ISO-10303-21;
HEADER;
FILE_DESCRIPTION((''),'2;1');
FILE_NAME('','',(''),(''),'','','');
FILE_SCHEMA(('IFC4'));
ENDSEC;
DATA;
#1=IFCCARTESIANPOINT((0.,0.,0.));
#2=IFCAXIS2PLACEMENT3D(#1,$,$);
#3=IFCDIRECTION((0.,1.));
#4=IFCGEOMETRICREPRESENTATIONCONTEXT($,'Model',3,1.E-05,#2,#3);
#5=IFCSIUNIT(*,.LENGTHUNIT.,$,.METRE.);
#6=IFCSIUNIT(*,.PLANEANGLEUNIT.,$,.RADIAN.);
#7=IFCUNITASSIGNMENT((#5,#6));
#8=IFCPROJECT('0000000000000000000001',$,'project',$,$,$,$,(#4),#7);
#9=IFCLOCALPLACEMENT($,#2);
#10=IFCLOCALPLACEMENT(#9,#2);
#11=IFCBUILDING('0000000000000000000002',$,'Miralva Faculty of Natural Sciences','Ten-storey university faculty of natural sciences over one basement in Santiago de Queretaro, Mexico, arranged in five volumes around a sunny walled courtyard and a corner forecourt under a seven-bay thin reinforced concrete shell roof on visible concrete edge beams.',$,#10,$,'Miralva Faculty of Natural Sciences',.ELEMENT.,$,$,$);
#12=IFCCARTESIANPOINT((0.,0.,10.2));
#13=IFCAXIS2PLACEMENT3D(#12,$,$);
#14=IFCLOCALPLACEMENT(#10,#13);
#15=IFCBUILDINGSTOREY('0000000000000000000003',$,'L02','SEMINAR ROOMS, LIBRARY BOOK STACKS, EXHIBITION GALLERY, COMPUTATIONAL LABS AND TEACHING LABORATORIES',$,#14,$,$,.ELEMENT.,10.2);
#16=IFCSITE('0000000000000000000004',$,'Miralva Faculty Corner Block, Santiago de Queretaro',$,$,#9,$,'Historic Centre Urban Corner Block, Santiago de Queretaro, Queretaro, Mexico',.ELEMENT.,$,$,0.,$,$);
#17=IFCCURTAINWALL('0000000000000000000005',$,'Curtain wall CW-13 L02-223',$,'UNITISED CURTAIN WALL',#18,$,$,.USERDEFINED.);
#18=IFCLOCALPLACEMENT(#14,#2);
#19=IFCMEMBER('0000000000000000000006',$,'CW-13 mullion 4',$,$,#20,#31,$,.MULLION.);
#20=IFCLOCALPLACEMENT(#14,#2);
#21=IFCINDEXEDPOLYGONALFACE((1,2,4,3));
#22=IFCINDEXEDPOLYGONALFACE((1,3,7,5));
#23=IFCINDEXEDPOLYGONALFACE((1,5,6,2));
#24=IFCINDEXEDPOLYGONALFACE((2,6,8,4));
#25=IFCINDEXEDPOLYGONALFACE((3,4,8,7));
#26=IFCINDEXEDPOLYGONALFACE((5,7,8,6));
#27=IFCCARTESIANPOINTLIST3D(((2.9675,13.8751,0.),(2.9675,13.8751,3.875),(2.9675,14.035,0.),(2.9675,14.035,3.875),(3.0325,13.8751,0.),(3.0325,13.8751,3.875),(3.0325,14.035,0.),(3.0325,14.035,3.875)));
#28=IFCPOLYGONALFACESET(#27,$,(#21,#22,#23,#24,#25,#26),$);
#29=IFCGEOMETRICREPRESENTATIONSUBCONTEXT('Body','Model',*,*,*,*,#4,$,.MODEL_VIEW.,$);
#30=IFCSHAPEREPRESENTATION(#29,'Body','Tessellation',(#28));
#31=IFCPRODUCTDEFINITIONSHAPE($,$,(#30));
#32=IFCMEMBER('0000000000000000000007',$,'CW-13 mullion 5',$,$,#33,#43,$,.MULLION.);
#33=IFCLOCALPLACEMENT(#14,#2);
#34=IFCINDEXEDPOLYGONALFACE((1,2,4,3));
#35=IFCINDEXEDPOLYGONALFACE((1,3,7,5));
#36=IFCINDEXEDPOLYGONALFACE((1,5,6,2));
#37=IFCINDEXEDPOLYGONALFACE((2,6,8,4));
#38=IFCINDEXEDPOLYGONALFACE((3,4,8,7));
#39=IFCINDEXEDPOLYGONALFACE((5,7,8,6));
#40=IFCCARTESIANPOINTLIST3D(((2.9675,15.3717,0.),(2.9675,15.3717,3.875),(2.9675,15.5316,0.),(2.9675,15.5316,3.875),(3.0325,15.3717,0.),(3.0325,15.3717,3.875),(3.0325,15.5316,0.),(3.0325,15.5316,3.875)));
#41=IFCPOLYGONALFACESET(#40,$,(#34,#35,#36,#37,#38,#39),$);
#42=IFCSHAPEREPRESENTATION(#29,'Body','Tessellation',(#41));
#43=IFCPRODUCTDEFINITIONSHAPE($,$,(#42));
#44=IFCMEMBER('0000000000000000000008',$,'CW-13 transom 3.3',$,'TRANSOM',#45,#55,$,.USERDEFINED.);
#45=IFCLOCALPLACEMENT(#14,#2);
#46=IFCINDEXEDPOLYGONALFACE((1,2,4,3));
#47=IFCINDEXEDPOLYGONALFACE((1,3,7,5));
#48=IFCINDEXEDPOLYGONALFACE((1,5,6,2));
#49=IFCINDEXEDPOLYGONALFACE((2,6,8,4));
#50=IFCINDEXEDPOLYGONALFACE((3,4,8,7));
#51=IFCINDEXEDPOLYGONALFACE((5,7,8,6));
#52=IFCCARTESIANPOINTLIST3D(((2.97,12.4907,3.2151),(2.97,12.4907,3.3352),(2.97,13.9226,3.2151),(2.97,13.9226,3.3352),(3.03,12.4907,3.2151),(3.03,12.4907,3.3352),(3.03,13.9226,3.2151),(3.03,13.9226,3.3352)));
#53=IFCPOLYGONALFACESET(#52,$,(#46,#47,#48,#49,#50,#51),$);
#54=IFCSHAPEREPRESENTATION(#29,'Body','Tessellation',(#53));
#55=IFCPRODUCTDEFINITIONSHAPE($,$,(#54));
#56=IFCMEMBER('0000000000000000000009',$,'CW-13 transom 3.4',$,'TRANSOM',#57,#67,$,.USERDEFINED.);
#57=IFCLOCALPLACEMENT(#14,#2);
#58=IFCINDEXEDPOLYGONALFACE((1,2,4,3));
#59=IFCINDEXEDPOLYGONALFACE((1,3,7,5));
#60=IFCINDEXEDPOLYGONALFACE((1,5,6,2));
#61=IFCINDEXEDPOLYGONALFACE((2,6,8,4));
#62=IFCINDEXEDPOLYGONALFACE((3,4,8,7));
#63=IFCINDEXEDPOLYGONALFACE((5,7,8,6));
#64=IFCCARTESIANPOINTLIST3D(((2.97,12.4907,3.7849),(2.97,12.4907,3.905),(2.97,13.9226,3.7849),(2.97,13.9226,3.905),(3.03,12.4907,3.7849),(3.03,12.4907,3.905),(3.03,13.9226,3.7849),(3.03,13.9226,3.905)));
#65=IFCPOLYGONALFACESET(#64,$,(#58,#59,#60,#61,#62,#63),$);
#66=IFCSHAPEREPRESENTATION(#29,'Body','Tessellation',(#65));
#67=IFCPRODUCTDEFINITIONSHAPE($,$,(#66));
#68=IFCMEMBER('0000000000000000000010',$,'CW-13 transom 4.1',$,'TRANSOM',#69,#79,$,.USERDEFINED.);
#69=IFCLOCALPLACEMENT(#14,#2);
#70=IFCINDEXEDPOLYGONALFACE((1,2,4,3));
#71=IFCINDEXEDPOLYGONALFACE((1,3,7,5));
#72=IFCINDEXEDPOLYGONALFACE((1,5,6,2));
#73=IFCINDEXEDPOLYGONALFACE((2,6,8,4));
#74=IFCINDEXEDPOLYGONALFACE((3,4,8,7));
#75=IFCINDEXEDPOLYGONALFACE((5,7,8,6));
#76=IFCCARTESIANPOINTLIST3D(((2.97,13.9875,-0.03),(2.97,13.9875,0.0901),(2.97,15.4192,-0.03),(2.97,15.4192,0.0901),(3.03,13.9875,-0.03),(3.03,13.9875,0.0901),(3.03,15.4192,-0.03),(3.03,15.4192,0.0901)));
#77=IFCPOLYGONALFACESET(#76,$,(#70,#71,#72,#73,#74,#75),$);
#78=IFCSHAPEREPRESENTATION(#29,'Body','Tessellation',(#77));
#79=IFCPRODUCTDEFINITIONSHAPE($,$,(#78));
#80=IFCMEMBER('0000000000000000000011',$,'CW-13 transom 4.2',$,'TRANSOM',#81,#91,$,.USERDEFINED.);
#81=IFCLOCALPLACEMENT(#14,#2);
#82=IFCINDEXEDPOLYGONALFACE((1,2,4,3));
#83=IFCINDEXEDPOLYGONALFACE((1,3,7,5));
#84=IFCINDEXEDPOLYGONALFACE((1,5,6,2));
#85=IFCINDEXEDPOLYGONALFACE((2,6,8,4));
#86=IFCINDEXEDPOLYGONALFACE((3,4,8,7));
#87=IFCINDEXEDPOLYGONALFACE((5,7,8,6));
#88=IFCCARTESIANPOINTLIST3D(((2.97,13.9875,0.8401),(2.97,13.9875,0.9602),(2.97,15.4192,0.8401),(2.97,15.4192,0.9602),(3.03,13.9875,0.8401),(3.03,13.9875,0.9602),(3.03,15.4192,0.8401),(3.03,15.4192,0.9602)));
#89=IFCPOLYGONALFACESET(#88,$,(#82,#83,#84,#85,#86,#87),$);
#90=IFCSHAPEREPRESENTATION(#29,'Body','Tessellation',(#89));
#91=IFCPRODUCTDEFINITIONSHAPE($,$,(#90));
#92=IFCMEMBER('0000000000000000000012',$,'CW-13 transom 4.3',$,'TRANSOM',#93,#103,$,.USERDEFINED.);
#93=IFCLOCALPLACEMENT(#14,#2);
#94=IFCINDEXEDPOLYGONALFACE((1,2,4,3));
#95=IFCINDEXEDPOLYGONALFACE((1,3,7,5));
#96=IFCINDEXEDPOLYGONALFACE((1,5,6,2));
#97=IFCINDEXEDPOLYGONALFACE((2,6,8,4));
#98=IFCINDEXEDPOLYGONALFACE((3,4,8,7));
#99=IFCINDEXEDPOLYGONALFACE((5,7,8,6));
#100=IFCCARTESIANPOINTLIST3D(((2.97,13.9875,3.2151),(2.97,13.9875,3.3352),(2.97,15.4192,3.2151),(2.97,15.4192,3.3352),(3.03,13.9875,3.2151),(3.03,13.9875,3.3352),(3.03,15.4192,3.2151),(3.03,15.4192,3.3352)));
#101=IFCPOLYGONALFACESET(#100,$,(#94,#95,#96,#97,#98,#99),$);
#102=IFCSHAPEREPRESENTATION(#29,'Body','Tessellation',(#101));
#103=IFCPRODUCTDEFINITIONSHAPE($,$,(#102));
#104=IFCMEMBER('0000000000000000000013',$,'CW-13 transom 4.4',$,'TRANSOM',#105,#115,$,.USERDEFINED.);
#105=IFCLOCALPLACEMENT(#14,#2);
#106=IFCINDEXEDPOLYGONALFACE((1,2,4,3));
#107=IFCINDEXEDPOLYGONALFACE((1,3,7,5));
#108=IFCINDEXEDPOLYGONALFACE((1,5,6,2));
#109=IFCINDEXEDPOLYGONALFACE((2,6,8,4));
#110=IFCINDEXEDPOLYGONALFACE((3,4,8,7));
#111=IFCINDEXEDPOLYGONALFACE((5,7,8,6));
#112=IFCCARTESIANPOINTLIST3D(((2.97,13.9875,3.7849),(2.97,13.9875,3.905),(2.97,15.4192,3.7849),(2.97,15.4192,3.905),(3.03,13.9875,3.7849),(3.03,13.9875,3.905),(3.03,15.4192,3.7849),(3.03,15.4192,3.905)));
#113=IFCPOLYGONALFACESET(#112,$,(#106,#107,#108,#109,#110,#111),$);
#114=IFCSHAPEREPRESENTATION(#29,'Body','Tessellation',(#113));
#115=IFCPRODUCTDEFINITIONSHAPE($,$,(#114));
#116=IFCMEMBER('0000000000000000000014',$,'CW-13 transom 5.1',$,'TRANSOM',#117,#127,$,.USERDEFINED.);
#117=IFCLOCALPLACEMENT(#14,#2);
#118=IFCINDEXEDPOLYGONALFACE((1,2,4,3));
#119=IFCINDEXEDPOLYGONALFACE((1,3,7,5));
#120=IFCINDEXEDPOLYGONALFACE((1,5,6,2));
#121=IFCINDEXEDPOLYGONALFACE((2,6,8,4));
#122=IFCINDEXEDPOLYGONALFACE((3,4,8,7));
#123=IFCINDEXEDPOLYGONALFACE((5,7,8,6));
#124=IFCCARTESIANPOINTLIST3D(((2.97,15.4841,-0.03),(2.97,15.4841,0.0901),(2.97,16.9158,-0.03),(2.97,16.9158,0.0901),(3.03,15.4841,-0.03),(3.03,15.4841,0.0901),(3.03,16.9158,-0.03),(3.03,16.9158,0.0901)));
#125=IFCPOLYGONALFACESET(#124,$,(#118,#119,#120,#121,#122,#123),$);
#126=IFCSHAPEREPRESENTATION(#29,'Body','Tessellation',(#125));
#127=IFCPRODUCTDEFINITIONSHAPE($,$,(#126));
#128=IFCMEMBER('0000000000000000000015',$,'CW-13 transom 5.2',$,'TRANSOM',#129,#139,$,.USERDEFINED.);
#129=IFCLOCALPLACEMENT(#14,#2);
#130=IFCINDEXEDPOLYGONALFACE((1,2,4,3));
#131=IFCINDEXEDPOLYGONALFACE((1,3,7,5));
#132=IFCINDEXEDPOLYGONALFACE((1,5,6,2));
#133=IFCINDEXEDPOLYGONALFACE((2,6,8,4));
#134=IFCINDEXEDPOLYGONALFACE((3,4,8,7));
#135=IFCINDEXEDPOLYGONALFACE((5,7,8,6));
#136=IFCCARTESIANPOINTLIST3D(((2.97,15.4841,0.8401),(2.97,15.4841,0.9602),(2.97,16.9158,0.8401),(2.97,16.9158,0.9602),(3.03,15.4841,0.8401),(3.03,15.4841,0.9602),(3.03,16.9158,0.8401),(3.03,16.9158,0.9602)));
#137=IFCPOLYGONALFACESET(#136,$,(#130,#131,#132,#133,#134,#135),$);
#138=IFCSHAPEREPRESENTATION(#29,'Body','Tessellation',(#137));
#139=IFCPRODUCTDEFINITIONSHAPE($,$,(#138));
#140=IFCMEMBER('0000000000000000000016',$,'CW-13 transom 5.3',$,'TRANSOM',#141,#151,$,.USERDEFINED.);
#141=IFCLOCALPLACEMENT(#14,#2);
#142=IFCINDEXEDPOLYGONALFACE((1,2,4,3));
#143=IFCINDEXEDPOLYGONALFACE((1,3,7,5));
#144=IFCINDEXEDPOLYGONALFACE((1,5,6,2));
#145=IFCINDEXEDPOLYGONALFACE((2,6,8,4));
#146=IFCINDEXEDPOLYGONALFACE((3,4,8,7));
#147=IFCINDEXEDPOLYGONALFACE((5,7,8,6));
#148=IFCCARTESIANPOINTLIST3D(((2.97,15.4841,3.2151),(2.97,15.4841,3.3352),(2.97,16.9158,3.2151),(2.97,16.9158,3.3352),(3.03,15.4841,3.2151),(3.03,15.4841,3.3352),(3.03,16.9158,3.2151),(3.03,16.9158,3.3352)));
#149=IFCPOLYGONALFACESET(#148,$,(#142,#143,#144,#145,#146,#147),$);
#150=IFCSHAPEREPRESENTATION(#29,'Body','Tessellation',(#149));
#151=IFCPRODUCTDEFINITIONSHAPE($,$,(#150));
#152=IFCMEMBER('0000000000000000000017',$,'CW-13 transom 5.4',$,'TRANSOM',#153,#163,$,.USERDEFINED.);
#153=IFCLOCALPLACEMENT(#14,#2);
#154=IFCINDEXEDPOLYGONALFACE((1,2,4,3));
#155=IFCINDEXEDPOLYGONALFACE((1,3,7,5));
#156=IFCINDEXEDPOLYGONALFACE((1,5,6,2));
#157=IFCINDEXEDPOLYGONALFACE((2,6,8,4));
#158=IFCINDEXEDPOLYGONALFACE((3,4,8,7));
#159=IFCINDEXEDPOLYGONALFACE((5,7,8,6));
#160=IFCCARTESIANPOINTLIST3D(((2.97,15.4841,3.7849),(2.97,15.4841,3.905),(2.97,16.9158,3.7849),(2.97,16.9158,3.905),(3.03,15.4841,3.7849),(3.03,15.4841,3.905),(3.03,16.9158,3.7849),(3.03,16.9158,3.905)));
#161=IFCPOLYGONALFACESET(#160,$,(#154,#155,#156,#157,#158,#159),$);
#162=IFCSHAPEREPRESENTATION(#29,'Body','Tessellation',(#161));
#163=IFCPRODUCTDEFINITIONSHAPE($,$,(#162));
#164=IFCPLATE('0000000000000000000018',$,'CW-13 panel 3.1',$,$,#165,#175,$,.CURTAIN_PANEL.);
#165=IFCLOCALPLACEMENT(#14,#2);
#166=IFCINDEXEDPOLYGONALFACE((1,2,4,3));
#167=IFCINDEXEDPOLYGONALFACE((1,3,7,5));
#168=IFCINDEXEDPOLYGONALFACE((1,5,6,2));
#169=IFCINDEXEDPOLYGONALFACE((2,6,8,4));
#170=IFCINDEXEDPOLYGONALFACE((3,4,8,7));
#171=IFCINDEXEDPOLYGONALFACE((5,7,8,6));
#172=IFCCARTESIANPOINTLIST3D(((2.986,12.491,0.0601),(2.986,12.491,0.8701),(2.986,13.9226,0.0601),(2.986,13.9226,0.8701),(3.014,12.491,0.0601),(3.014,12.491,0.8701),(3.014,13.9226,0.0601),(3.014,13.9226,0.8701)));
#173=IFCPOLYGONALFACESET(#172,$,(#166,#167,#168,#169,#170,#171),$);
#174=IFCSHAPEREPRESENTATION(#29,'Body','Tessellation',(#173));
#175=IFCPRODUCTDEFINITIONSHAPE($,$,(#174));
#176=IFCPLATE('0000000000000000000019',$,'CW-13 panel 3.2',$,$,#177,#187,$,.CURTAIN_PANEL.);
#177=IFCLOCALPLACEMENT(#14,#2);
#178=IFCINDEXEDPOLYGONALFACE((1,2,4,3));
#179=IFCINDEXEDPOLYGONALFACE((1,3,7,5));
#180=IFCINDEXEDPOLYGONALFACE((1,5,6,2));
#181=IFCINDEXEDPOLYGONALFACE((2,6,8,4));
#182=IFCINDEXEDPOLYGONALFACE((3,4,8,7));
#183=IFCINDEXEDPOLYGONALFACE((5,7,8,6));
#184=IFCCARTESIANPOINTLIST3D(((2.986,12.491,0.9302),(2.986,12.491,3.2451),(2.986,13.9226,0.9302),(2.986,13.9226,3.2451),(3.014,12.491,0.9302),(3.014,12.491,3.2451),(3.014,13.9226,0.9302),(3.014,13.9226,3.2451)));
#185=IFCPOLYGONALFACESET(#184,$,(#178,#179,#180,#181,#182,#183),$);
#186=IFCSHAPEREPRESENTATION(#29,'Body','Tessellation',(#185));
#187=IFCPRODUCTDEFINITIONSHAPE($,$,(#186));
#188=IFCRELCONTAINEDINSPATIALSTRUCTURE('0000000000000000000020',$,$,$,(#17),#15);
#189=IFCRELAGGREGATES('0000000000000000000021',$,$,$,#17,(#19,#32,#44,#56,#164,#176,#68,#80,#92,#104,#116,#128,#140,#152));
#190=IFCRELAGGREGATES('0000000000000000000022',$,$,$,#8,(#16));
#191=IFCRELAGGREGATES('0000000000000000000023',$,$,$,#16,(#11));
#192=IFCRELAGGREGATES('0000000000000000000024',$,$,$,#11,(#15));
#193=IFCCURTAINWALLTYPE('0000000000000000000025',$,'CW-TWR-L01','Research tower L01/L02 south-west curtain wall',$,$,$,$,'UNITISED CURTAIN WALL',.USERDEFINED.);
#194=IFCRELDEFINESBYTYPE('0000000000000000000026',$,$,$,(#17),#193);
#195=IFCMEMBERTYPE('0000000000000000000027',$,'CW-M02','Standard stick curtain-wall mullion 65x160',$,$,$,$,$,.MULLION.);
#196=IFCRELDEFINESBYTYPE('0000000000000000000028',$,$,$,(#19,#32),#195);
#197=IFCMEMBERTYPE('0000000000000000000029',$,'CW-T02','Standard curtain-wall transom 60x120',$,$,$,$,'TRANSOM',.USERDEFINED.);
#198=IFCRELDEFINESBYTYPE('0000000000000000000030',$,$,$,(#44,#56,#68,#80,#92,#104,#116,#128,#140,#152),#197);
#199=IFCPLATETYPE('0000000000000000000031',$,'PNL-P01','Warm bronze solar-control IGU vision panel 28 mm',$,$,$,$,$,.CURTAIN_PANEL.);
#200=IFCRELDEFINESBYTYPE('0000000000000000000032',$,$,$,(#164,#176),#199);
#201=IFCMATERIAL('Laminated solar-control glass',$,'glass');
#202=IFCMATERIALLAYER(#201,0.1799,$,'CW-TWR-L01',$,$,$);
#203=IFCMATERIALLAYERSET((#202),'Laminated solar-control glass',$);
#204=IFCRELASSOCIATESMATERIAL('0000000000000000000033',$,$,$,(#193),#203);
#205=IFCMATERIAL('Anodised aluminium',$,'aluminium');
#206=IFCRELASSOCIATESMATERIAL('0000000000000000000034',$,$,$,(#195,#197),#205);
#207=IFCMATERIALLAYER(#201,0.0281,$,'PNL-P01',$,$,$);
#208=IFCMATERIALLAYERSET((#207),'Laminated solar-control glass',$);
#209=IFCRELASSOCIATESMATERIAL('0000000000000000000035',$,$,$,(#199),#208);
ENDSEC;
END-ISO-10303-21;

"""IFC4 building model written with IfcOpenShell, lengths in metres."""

from ifc_helpers import new_model, si_unit, direction, frame, origin, origin_2d, place, context, subcontext, project, spatial, rectangle, extrude, material, layer, layer_set, material_profile, profile_set, type_object, element, aggregate, save


model = new_model("IFC4")

# Units and contexts
model_context = context("Model", 3, precision=1e-05, world=origin(), true_north=direction((0.0, 1.0)))
body_context = subcontext(model_context, "Body", "Model", "MODEL_VIEW")
ifc_project = project(units=[si_unit("LENGTHUNIT", "METRE"), si_unit("PLANEANGLEUNIT", "RADIAN")], contexts=[model_context])

# Site, building, storey
site_placement = place(None, origin())
site = spatial("IfcSite", under=ifc_project, at=site_placement, Name="Miralva Faculty Corner Block, Santiago de Queretaro", LongName="Historic Centre Urban Corner Block, Santiago de Queretaro, Queretaro, Mexico", CompositionType="ELEMENT", RefElevation=0.0)
building_placement = place(site_placement, origin())
building = spatial("IfcBuilding", under=site, at=building_placement, Name="Miralva Faculty of Natural Sciences", Description="Ten-storey university faculty of natural sciences over one basement in Santiago de Queretaro, Mexico, arranged in five volumes around a sunny walled courtyard and a corner forecourt under a seven-bay thin reinforced concrete shell roof on visible concrete edge beams.", LongName="Miralva Faculty of Natural Sciences", CompositionType="ELEMENT")
storey_placement = place(building_placement, frame((0.0, 0.0, 10.2)))
storey = spatial("IfcBuildingStorey", under=building, at=storey_placement, Name="L02", Description="SEMINAR ROOMS, LIBRARY BOOK STACKS, EXHIBITION GALLERY, COMPUTATIONAL LABS AND TEACHING LABORATORIES", CompositionType="ELEMENT", Elevation=10.2)

# Curtain wall, members, plates
ifc_material_1 = material(Name="Laminated solar-control glass", Category="glass")
ifc_layer_1 = layer(ifc_material_1, 0.1799, Name="CW-TWR-L01")
ifc_layer_set_1 = layer_set([ifc_layer_1], Name="Laminated solar-control glass")
curtain_wall_type = type_object("IfcCurtainWallType", Name="CW-TWR-L01", Description="Research tower L01/L02 south-west curtain wall", ElementType="UNITISED CURTAIN WALL", PredefinedType="USERDEFINED", material=ifc_layer_set_1)
curtain_wall_placement = place(storey_placement, origin())
curtain_wall = element("IfcCurtainWall", 1, at=curtain_wall_placement, inside=storey, type_object=curtain_wall_type, Name="Curtain wall CW-13 L02-223", ObjectType="UNITISED CURTAIN WALL", PredefinedType="USERDEFINED")
ifc_material_2 = material(Name="Anodised aluminium", Category="aluminium")
ifc_material_profile_1 = material_profile(ifc_material_2, rectangle(XDim=0.0649, YDim=0.1599, at=origin_2d()), Name="MULLION 65x160")
ifc_profile_set_1 = profile_set([ifc_material_profile_1], Name="Anodised aluminium")
member_type_1 = type_object("IfcMemberType", Name="CW-M02", Description="Standard stick curtain-wall mullion 65x160", PredefinedType="MULLION", material=ifc_profile_set_1)
member_1_placement = place(storey_placement, frame((3.0, 13.9551, 0.0), z_axis=(0.0, 0.0, 1.0), x_axis=(-1.0, 0.0, 0.0)))
member_1 = element("IfcMember", 2, at=member_1_placement, type_object=member_type_1, Name="CW-13 mullion 4", PredefinedType="MULLION", context=body_context, shape_type="SweptSolid", body=[
    extrude(rectangle(XDim=0.0649, YDim=0.1599, at=origin_2d()), origin(), (0.0, 0.0, 1.0), 3.875),
])
member_2_placement = place(storey_placement, frame((3.0, 15.4517, 0.0), z_axis=(0.0, 0.0, 1.0), x_axis=(-1.0, 0.0, 0.0)))
member_2 = element("IfcMember", 3, at=member_2_placement, type_object=member_type_1, Name="CW-13 mullion 5", PredefinedType="MULLION", context=body_context, shape_type="SweptSolid", body=[
    extrude(rectangle(XDim=0.0649, YDim=0.1599, at=origin_2d()), origin(), (0.0, 0.0, 1.0), 3.875),
])
ifc_material_profile_2 = material_profile(ifc_material_2, rectangle(XDim=0.0601, YDim=0.1201, at=origin_2d()), Name="TRANSOM 60x120")
ifc_profile_set_2 = profile_set([ifc_material_profile_2], Name="Anodised aluminium")
member_type_2 = type_object("IfcMemberType", Name="CW-T02", Description="Standard curtain-wall transom 60x120", ElementType="TRANSOM", PredefinedType="USERDEFINED", material=ifc_profile_set_2)
member_3_placement = place(storey_placement, frame((3.0, 12.4907, 3.2751), z_axis=(0.0, 1.0, 0.0), x_axis=(-1.0, 0.0, 0.0)))
member_3 = element("IfcMember", 4, at=member_3_placement, type_object=member_type_2, Name="CW-13 transom 3.3", ObjectType="TRANSOM", PredefinedType="USERDEFINED", context=body_context, shape_type="SweptSolid", body=[
    extrude(rectangle(XDim=0.0601, YDim=0.1201, at=origin_2d()), origin(), (0.0, 0.0, 1.0), 1.4319),
])
member_4_placement = place(storey_placement, frame((3.0, 12.4907, 3.845), z_axis=(0.0, 1.0, 0.0), x_axis=(-1.0, 0.0, 0.0)))
member_4 = element("IfcMember", 5, at=member_4_placement, type_object=member_type_2, Name="CW-13 transom 3.4", ObjectType="TRANSOM", PredefinedType="USERDEFINED", context=body_context, shape_type="SweptSolid", body=[
    extrude(rectangle(XDim=0.0601, YDim=0.1201, at=origin_2d()), origin(), (0.0, 0.0, 1.0), 1.4319),
])
member_5_placement = place(storey_placement, frame((3.0, 13.9875, 0.03), z_axis=(0.0, 1.0, 0.0), x_axis=(-1.0, 0.0, 0.0)))
member_5 = element("IfcMember", 6, at=member_5_placement, type_object=member_type_2, Name="CW-13 transom 4.1", ObjectType="TRANSOM", PredefinedType="USERDEFINED", context=body_context, shape_type="SweptSolid", body=[
    extrude(rectangle(XDim=0.0601, YDim=0.1201, at=origin_2d()), origin(), (0.0, 0.0, 1.0), 1.4316),
])
member_6_placement = place(storey_placement, frame((3.0, 13.9875, 0.9001), z_axis=(0.0, 1.0, 0.0), x_axis=(-1.0, 0.0, 0.0)))
member_6 = element("IfcMember", 7, at=member_6_placement, type_object=member_type_2, Name="CW-13 transom 4.2", ObjectType="TRANSOM", PredefinedType="USERDEFINED", context=body_context, shape_type="SweptSolid", body=[
    extrude(rectangle(XDim=0.0601, YDim=0.1201, at=origin_2d()), origin(), (0.0, 0.0, 1.0), 1.4316),
])
member_7_placement = place(storey_placement, frame((3.0, 13.9875, 3.2751), z_axis=(0.0, 1.0, 0.0), x_axis=(-1.0, 0.0, 0.0)))
member_7 = element("IfcMember", 8, at=member_7_placement, type_object=member_type_2, Name="CW-13 transom 4.3", ObjectType="TRANSOM", PredefinedType="USERDEFINED", context=body_context, shape_type="SweptSolid", body=[
    extrude(rectangle(XDim=0.0601, YDim=0.1201, at=origin_2d()), origin(), (0.0, 0.0, 1.0), 1.4316),
])
member_8_placement = place(storey_placement, frame((3.0, 13.9875, 3.845), z_axis=(0.0, 1.0, 0.0), x_axis=(-1.0, 0.0, 0.0)))
member_8 = element("IfcMember", 9, at=member_8_placement, type_object=member_type_2, Name="CW-13 transom 4.4", ObjectType="TRANSOM", PredefinedType="USERDEFINED", context=body_context, shape_type="SweptSolid", body=[
    extrude(rectangle(XDim=0.0601, YDim=0.1201, at=origin_2d()), origin(), (0.0, 0.0, 1.0), 1.4316),
])
member_9_placement = place(storey_placement, frame((3.0, 15.4841, 0.03), z_axis=(0.0, 1.0, 0.0), x_axis=(-1.0, 0.0, 0.0)))
member_9 = element("IfcMember", 10, at=member_9_placement, type_object=member_type_2, Name="CW-13 transom 5.1", ObjectType="TRANSOM", PredefinedType="USERDEFINED", context=body_context, shape_type="SweptSolid", body=[
    extrude(rectangle(XDim=0.0601, YDim=0.1201, at=origin_2d()), origin(), (0.0, 0.0, 1.0), 1.4316),
])
member_10_placement = place(storey_placement, frame((3.0, 15.4841, 0.9001), z_axis=(0.0, 1.0, 0.0), x_axis=(-1.0, 0.0, 0.0)))
member_10 = element("IfcMember", 11, at=member_10_placement, type_object=member_type_2, Name="CW-13 transom 5.2", ObjectType="TRANSOM", PredefinedType="USERDEFINED", context=body_context, shape_type="SweptSolid", body=[
    extrude(rectangle(XDim=0.0601, YDim=0.1201, at=origin_2d()), origin(), (0.0, 0.0, 1.0), 1.4316),
])
member_11_placement = place(storey_placement, frame((3.0, 15.4841, 3.2751), z_axis=(0.0, 1.0, 0.0), x_axis=(-1.0, 0.0, 0.0)))
member_11 = element("IfcMember", 12, at=member_11_placement, type_object=member_type_2, Name="CW-13 transom 5.3", ObjectType="TRANSOM", PredefinedType="USERDEFINED", context=body_context, shape_type="SweptSolid", body=[
    extrude(rectangle(XDim=0.0601, YDim=0.1201, at=origin_2d()), origin(), (0.0, 0.0, 1.0), 1.4316),
])
member_12_placement = place(storey_placement, frame((3.0, 15.4841, 3.845), z_axis=(0.0, 1.0, 0.0), x_axis=(-1.0, 0.0, 0.0)))
member_12 = element("IfcMember", 13, at=member_12_placement, type_object=member_type_2, Name="CW-13 transom 5.4", ObjectType="TRANSOM", PredefinedType="USERDEFINED", context=body_context, shape_type="SweptSolid", body=[
    extrude(rectangle(XDim=0.0601, YDim=0.1201, at=origin_2d()), origin(), (0.0, 0.0, 1.0), 1.4316),
])
ifc_layer_2 = layer(ifc_material_1, 0.0281, Name="PNL-P01")
ifc_layer_set_2 = layer_set([ifc_layer_2], Name="Laminated solar-control glass")
plate_type = type_object("IfcPlateType", Name="PNL-P01", Description="Warm bronze solar-control IGU vision panel 28 mm", PredefinedType="CURTAIN_PANEL", material=ifc_layer_set_2)
plate_1_placement = place(storey_placement, frame((3.0, 13.2068, 0.0601), z_axis=(0.0, 0.0, 1.0), x_axis=(0.0, 1.0, 0.0)))
plate_1 = element("IfcPlate", 14, at=plate_1_placement, type_object=plate_type, Name="CW-13 panel 3.1", PredefinedType="CURTAIN_PANEL", context=body_context, shape_type="SweptSolid", body=[
    extrude(rectangle(XDim=1.4316, YDim=0.0281, at=origin_2d()), origin(), (0.0, 0.0, 1.0), 0.8101),
])
plate_2_placement = place(storey_placement, frame((3.0, 13.2068, 0.9302), z_axis=(0.0, 0.0, 1.0), x_axis=(0.0, 1.0, 0.0)))
plate_2 = element("IfcPlate", 15, at=plate_2_placement, type_object=plate_type, Name="CW-13 panel 3.2", PredefinedType="CURTAIN_PANEL", context=body_context, shape_type="SweptSolid", body=[
    extrude(rectangle(XDim=1.4316, YDim=0.0281, at=origin_2d()), origin(), (0.0, 0.0, 1.0), 2.3149),
])
aggregate(curtain_wall, [member_1, member_2, member_3, member_4, plate_1, plate_2, member_5, member_6, member_7, member_8, member_9, member_10, member_11, member_12])

save(model, "model.ifc")
